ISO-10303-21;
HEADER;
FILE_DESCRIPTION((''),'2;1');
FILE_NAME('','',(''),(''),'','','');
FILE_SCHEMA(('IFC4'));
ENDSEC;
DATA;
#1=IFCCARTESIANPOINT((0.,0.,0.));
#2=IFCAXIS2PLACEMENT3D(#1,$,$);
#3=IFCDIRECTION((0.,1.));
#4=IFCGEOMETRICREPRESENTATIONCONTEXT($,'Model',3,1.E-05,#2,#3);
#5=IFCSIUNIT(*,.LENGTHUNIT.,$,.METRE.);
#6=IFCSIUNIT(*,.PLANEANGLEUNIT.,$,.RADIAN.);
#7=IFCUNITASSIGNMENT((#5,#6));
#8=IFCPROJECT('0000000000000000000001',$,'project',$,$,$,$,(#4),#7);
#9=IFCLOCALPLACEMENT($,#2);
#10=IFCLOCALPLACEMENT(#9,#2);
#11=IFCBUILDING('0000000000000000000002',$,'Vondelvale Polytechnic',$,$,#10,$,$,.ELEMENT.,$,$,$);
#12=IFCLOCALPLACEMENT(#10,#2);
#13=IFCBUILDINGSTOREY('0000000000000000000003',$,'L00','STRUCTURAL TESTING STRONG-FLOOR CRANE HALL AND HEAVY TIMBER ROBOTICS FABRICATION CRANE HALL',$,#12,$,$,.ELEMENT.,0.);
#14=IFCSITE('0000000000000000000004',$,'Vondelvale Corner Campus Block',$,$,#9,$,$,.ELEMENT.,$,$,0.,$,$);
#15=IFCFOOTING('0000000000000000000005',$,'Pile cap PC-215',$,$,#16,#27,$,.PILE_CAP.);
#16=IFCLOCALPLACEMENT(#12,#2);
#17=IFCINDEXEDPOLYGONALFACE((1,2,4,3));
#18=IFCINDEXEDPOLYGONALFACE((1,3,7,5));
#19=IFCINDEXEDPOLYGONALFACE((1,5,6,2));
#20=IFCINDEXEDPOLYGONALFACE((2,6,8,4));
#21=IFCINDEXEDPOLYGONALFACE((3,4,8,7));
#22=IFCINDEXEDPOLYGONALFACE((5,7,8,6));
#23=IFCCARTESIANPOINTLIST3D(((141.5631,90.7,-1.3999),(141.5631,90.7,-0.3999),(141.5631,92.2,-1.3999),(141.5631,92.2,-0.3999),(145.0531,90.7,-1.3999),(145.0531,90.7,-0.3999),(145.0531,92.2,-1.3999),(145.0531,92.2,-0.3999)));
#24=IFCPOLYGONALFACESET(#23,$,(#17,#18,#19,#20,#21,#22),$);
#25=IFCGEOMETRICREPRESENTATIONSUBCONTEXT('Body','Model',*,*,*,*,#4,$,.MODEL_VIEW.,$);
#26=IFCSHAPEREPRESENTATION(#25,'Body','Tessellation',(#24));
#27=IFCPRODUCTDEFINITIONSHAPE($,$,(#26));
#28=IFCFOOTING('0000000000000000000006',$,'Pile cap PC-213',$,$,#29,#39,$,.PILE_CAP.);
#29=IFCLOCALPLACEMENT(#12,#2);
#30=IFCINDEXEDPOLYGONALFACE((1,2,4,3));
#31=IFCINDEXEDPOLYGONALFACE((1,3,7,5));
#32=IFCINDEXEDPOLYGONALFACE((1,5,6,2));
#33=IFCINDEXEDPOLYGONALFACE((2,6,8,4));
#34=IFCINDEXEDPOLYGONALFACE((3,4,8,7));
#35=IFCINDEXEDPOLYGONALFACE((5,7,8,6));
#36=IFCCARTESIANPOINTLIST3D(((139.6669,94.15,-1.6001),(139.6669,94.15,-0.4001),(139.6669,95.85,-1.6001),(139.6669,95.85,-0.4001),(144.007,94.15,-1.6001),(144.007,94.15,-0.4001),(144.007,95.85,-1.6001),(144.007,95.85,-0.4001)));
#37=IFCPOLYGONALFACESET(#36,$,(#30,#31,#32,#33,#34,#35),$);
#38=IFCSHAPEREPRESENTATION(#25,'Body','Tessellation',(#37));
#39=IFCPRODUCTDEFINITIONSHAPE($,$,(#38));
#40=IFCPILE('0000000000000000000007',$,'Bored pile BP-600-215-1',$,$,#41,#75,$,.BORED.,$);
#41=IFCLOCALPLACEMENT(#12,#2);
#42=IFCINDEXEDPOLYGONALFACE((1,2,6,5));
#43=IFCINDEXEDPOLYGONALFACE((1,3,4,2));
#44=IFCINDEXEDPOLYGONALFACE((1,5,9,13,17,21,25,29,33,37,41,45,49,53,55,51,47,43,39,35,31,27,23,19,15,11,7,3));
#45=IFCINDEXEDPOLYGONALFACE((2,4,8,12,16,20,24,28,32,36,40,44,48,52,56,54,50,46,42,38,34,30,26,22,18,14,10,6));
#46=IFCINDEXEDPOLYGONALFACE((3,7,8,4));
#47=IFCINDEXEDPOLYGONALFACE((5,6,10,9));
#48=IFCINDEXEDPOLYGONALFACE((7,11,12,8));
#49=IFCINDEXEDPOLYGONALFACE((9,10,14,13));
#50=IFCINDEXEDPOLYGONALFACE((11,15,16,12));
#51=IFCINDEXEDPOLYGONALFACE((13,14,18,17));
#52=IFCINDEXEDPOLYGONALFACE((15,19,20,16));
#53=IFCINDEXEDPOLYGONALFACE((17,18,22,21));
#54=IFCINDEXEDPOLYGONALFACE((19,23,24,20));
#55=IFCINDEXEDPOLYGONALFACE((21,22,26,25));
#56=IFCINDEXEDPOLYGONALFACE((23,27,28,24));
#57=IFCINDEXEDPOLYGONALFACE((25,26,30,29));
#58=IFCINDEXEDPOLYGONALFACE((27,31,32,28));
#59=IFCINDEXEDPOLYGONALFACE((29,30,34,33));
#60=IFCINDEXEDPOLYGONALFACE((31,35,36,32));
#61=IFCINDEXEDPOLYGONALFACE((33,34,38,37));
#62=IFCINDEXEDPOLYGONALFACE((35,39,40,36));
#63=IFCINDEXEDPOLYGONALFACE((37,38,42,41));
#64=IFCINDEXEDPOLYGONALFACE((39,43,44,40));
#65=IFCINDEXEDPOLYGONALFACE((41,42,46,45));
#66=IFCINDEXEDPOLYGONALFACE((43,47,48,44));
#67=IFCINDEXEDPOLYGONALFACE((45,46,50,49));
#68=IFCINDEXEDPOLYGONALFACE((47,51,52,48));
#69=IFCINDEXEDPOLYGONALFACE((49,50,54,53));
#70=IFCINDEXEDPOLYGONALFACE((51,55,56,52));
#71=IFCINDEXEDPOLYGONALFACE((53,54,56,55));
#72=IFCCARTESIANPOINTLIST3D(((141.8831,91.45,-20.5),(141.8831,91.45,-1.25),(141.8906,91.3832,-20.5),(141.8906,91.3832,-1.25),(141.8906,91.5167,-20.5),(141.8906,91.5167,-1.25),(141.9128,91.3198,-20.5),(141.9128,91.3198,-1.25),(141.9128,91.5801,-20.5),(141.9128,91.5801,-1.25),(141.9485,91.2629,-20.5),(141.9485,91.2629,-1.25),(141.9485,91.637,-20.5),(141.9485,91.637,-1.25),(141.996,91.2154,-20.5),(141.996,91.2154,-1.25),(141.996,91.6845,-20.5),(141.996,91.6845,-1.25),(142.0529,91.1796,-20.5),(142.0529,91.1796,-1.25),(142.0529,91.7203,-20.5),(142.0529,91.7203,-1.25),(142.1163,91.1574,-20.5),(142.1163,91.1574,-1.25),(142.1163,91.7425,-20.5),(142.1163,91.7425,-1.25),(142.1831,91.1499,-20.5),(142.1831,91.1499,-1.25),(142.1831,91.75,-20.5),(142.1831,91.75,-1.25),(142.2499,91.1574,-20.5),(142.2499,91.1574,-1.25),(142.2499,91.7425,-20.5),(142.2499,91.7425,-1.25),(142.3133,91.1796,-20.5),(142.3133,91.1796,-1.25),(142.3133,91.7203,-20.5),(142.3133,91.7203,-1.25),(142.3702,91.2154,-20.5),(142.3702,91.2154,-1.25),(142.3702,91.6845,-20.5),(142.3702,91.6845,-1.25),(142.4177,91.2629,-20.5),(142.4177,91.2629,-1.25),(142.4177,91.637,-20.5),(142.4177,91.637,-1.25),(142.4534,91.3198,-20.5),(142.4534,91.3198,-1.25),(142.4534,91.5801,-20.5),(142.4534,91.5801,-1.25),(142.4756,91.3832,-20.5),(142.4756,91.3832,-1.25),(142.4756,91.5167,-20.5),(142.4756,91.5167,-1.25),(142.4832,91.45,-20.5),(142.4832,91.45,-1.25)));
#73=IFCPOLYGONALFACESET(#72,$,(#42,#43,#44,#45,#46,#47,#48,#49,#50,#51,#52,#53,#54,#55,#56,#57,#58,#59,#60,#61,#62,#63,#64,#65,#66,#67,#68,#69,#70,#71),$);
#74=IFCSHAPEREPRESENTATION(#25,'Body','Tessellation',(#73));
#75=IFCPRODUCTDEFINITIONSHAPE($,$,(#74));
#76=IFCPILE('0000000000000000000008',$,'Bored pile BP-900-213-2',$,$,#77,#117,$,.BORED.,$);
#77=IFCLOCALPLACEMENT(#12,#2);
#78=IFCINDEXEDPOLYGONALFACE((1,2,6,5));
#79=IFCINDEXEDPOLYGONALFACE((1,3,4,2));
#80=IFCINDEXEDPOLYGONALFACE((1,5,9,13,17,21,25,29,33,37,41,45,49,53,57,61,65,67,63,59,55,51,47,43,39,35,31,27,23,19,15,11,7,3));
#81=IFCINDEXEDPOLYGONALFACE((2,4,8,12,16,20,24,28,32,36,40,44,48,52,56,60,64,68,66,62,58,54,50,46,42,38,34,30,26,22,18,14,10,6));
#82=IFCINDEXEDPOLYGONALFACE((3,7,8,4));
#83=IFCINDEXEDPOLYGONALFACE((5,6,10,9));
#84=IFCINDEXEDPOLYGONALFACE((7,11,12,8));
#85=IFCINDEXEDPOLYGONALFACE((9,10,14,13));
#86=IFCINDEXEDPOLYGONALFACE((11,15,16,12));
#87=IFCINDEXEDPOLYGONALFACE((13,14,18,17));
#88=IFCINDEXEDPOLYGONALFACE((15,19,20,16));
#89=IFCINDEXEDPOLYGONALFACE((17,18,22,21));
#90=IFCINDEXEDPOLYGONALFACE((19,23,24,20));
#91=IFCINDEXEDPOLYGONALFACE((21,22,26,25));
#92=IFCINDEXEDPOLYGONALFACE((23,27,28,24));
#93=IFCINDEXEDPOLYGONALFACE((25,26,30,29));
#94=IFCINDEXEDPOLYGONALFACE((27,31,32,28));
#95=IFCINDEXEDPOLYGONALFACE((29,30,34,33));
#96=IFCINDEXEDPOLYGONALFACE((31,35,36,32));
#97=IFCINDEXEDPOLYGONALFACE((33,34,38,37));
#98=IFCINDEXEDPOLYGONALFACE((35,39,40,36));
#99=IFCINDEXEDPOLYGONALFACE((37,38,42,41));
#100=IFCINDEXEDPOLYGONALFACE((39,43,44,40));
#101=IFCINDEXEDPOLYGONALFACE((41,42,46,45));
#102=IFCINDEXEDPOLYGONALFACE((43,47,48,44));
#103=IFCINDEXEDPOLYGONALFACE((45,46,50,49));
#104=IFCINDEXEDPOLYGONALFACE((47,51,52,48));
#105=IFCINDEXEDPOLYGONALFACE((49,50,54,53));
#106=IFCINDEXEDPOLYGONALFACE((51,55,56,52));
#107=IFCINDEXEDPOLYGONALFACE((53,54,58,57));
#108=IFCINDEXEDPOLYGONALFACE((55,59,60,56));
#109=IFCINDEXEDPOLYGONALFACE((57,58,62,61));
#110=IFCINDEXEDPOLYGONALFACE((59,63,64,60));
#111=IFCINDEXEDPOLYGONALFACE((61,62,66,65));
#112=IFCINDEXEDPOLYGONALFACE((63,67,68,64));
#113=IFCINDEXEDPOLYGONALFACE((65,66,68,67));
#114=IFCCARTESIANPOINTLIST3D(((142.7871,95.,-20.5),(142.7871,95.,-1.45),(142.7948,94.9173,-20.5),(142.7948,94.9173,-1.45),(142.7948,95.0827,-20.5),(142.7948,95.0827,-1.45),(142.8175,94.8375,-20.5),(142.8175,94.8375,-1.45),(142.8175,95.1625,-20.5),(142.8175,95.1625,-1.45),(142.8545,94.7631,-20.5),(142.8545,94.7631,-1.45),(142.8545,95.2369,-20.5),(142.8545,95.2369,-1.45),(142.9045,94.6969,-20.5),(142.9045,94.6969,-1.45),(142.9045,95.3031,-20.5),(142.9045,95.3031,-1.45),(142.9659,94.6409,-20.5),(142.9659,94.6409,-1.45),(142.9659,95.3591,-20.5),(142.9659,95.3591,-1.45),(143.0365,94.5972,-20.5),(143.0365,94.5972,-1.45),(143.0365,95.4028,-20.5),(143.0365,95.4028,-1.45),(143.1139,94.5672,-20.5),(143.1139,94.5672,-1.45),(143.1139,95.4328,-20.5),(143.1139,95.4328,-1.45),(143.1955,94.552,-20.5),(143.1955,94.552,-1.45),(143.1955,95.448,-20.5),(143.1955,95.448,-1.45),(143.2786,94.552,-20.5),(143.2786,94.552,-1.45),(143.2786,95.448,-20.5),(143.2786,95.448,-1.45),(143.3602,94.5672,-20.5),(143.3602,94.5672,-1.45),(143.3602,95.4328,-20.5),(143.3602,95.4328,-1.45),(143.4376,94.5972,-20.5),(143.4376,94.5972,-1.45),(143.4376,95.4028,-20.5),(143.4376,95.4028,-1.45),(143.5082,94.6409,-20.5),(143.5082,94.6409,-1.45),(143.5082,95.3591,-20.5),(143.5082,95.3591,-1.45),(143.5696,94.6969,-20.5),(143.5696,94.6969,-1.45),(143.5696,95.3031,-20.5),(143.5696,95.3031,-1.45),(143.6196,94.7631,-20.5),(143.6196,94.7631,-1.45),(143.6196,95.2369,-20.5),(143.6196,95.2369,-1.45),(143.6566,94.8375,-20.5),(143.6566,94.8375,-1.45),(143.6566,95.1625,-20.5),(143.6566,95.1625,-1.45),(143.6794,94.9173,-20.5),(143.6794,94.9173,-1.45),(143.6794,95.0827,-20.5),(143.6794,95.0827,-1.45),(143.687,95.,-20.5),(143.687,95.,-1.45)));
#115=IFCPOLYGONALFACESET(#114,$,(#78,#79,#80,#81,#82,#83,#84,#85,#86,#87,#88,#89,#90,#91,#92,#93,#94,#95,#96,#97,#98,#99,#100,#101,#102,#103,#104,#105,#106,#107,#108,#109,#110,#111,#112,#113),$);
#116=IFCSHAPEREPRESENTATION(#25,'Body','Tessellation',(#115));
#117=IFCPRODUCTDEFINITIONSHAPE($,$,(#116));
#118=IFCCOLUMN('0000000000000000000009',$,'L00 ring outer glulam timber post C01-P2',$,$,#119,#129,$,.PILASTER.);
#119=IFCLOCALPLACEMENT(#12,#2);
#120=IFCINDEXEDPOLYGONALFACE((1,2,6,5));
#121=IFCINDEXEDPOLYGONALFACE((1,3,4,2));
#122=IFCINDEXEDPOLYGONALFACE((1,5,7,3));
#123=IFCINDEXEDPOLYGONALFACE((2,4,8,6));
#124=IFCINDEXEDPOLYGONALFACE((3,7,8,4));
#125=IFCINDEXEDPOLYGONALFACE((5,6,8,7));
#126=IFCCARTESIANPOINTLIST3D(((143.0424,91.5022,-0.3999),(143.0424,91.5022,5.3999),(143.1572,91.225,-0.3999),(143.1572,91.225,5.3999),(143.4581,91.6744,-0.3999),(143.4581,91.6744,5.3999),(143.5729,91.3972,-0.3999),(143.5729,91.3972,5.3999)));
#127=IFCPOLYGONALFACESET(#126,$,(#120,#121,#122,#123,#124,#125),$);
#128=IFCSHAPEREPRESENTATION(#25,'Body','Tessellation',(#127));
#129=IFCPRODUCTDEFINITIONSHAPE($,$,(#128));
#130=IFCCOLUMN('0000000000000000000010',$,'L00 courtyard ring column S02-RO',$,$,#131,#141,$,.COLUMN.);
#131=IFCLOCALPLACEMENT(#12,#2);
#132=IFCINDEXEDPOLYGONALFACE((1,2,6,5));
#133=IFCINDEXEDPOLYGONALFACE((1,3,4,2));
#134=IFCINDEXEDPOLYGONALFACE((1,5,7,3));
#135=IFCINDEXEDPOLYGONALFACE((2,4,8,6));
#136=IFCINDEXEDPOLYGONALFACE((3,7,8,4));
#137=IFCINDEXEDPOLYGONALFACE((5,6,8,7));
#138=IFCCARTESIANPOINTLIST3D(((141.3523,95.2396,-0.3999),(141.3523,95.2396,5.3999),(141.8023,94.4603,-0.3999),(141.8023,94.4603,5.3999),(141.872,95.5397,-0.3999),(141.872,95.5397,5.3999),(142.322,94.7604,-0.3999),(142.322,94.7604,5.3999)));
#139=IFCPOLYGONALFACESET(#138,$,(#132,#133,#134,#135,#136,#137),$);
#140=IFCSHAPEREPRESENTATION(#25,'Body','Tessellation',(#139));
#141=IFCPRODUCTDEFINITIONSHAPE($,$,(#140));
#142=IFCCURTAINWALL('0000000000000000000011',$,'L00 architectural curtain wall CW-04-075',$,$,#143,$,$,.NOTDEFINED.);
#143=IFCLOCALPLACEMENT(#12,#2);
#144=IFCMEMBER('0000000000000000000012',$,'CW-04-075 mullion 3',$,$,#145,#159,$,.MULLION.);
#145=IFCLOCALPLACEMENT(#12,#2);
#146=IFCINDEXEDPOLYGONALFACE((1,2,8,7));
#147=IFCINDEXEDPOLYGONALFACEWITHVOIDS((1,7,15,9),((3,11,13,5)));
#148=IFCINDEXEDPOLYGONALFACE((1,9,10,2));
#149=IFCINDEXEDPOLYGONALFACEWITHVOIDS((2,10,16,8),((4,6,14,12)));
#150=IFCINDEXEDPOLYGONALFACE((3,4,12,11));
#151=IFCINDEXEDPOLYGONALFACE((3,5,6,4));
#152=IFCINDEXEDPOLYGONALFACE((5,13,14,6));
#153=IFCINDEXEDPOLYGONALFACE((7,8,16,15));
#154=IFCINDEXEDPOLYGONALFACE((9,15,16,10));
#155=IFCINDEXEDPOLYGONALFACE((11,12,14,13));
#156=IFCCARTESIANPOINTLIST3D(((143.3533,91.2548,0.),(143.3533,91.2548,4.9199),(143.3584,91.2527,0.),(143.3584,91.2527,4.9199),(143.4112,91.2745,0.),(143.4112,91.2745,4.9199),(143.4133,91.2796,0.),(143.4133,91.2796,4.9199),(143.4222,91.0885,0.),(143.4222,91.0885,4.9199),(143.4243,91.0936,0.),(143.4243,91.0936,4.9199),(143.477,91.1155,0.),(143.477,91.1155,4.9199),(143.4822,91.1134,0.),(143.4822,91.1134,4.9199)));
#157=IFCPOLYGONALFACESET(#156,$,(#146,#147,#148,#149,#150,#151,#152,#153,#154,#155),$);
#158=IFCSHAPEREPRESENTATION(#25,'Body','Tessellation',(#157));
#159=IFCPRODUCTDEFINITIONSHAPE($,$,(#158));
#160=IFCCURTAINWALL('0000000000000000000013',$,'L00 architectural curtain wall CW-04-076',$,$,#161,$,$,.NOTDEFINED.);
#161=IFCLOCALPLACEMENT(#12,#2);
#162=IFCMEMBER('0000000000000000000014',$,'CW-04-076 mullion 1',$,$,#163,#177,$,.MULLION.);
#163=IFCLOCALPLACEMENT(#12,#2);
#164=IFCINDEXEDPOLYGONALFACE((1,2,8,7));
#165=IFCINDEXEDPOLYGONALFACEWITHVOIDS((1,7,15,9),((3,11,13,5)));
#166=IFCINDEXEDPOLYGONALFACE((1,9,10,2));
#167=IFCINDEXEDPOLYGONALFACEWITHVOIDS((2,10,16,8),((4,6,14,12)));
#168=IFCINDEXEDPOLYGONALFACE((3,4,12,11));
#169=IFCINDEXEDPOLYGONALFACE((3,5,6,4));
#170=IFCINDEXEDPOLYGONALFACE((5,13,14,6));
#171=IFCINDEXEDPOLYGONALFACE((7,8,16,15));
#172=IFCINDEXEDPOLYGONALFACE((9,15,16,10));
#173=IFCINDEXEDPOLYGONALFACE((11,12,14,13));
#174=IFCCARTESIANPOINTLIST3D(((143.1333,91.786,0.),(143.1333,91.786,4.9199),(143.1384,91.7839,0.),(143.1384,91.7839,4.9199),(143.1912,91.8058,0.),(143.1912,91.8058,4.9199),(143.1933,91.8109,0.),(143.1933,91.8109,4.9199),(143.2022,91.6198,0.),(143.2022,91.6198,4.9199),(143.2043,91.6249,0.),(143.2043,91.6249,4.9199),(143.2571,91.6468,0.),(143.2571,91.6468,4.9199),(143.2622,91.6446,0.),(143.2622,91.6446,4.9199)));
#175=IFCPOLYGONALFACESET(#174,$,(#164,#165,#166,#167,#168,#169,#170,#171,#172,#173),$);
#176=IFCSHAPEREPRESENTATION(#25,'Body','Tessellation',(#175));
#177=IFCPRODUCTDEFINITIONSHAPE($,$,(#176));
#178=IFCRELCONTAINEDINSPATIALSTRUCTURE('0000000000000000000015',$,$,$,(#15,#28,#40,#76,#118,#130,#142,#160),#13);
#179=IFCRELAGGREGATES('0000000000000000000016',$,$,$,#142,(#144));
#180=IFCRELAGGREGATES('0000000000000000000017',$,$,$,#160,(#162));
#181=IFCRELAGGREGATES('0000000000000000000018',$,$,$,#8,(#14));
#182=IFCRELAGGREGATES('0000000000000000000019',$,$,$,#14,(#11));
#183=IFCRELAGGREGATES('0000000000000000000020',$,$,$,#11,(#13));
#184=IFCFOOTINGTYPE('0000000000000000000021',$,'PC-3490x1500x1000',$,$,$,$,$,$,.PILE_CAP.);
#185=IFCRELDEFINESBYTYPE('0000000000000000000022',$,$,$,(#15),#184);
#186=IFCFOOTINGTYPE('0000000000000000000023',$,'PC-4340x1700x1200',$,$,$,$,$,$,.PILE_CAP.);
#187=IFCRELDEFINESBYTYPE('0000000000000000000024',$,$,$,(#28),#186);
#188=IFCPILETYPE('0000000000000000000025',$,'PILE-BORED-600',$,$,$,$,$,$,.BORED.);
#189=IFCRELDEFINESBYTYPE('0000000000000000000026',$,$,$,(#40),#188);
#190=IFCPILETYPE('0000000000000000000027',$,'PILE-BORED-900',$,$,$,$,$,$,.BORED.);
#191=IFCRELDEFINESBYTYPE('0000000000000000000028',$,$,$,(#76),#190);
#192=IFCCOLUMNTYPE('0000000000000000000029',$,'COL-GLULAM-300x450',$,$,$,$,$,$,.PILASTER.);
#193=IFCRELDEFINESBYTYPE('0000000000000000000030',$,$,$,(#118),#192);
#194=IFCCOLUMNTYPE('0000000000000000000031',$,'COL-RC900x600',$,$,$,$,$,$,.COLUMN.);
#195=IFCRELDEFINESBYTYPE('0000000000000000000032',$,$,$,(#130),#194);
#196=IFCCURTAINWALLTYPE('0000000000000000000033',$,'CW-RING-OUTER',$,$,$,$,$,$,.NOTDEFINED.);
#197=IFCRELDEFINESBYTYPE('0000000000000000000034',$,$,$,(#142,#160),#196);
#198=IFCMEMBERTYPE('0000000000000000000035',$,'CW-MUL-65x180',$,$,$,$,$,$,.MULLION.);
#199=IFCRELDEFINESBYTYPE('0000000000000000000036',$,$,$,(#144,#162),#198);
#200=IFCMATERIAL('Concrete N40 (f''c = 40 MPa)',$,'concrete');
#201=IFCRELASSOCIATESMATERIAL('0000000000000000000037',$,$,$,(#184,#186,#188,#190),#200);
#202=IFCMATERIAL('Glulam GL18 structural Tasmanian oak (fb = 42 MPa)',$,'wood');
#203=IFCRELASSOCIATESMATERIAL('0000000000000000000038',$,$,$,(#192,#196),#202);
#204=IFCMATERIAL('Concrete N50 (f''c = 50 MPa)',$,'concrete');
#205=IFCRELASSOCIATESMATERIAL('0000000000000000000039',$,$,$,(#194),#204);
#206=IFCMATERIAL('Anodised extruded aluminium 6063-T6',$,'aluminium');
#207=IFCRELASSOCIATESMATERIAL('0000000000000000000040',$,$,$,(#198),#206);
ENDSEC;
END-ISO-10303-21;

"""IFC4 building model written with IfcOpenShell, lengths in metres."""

from ifc_helpers import new_model, si_unit, direction, frame, origin, origin_2d, place, context, subcontext, project, spatial, rectangle, hollow_rectangle, circle, extrude, material, material_profile, profile_set, type_object, element, aggregate, save


model = new_model("IFC4")

# Units and contexts
model_context = context("Model", 3, precision=1e-05, world=origin(), true_north=direction((0.0, 1.0)))
body_context = subcontext(model_context, "Body", "Model", "MODEL_VIEW")
ifc_project = project(units=[si_unit("LENGTHUNIT", "METRE"), si_unit("PLANEANGLEUNIT", "RADIAN")], contexts=[model_context])

# Site, building, storey
site_placement = place(None, origin())
site = spatial("IfcSite", under=ifc_project, at=site_placement, Name="Vondelvale Corner Campus Block", CompositionType="ELEMENT", RefElevation=0.0)
building_placement = place(site_placement, origin())
building = spatial("IfcBuilding", under=site, at=building_placement, Name="Vondelvale Polytechnic", CompositionType="ELEMENT")
storey_placement = place(building_placement, origin())
storey = spatial("IfcBuildingStorey", under=building, at=storey_placement, Name="L00", Description="STRUCTURAL TESTING STRONG-FLOOR CRANE HALL AND HEAVY TIMBER ROBOTICS FABRICATION CRANE HALL", CompositionType="ELEMENT", Elevation=0.0)

# Footings
ifc_material_1 = material(Name="Concrete N40 (f'c = 40 MPa)", Category="concrete")
footing_type_1 = type_object("IfcFootingType", Name="PC-3490x1500x1000", PredefinedType="PILE_CAP", material=ifc_material_1)
footing_1_placement = place(storey_placement, frame((143.3081, 91.45, -1.3999), z_axis=(0.0, 0.0, 1.0), x_axis=(1.0, 0.0, 0.0)))
element("IfcFooting", 1, at=footing_1_placement, inside=storey, type_object=footing_type_1, Name="Pile cap PC-215", PredefinedType="PILE_CAP", context=body_context, shape_type="SweptSolid", body=[
    extrude(rectangle(XDim=3.49, YDim=1.5, at=origin_2d()), origin(), (0.0, 0.0, 1.0), 1.0),
])
footing_type_2 = type_object("IfcFootingType", Name="PC-4340x1700x1200", PredefinedType="PILE_CAP", material=ifc_material_1)
footing_2_placement = place(storey_placement, frame((141.8369, 95.0, -1.6001), z_axis=(0.0, 0.0, 1.0), x_axis=(1.0, 0.0, 0.0)))
element("IfcFooting", 2, at=footing_2_placement, inside=storey, type_object=footing_type_2, Name="Pile cap PC-213", PredefinedType="PILE_CAP", context=body_context, shape_type="SweptSolid", body=[
    extrude(rectangle(XDim=4.3401, YDim=1.7, at=origin_2d()), origin(), (0.0, 0.0, 1.0), 1.2),
])

# Piles
ifc_material_profile_1 = material_profile(ifc_material_1, circle(Radius=0.3, at=origin_2d()), Name="PILE-D600")
ifc_profile_set_1 = profile_set([ifc_material_profile_1], Name="Concrete N40 (f'c = 40 MPa)")
pile_type_1 = type_object("IfcPileType", Name="PILE-BORED-600", PredefinedType="BORED", material=ifc_profile_set_1)
pile_1_placement = place(storey_placement, frame((142.1831, 91.45, -1.25), z_axis=(0.0, 0.0, -1.0), x_axis=(1.0, 0.0, 0.0)))
element("IfcPile", 3, at=pile_1_placement, inside=storey, type_object=pile_type_1, Name="Bored pile BP-600-215-1", PredefinedType="BORED", context=body_context, shape_type="SweptSolid", body=[
    extrude(circle(Radius=0.3, at=origin_2d()), origin(), (0.0, 0.0, 1.0), 19.25),
])
ifc_material_profile_2 = material_profile(ifc_material_1, circle(Radius=0.45, at=origin_2d()), Name="PILE-D900")
ifc_profile_set_2 = profile_set([ifc_material_profile_2], Name="Concrete N40 (f'c = 40 MPa)")
pile_type_2 = type_object("IfcPileType", Name="PILE-BORED-900", PredefinedType="BORED", material=ifc_profile_set_2)
pile_2_placement = place(storey_placement, frame((143.2371, 95.0, -1.45), z_axis=(0.0, 0.0, -1.0), x_axis=(1.0, 0.0, 0.0)))
element("IfcPile", 4, at=pile_2_placement, inside=storey, type_object=pile_type_2, Name="Bored pile BP-900-213-2", PredefinedType="BORED", context=body_context, shape_type="SweptSolid", body=[
    extrude(circle(Radius=0.45, at=origin_2d()), origin(), (0.0, 0.0, 1.0), 19.05),
])

# Columns
ifc_material_2 = material(Name="Glulam GL18 structural Tasmanian oak (fb = 42 MPa)", Category="wood")
ifc_material_profile_3 = material_profile(ifc_material_2, rectangle(XDim=0.3, YDim=0.45, at=origin_2d()), Name="GL-POST-300x450")
ifc_profile_set_3 = profile_set([ifc_material_profile_3], Name="Glulam GL18 structural Tasmanian oak (fb = 42 MPa)")
column_type_1 = type_object("IfcColumnType", Name="COL-GLULAM-300x450", PredefinedType="PILASTER", material=ifc_profile_set_3)
column_1_placement = place(storey_placement, frame((143.3076, 91.4497, -0.3999), z_axis=(0.0, 0.0, 1.0), x_axis=(-0.382683, 0.92388, 0.0)))
element("IfcColumn", 5, at=column_1_placement, inside=storey, type_object=column_type_1, Name="L00 ring outer glulam timber post C01-P2", PredefinedType="PILASTER", context=body_context, shape_type="SweptSolid", body=[
    extrude(rectangle(XDim=0.3, YDim=0.45, at=origin_2d()), origin(), (0.0, 0.0, 1.0), 5.7998),
])
ifc_material_3 = material(Name="Concrete N50 (f'c = 50 MPa)", Category="concrete")
ifc_material_profile_4 = material_profile(ifc_material_3, rectangle(XDim=0.6001, YDim=0.8999, at=origin_2d()), Name="RC-COL-900x600")
ifc_profile_set_4 = profile_set([ifc_material_profile_4], Name="Concrete N50 (f'c = 50 MPa)")
column_type_2 = type_object("IfcColumnType", Name="COL-RC900x600", PredefinedType="COLUMN", material=ifc_profile_set_4)
column_2_placement = place(storey_placement, frame((141.8372, 95.0, -0.3999), z_axis=(0.0, 0.0, 1.0), x_axis=(0.866025, 0.5, 0.0)))
element("IfcColumn", 6, at=column_2_placement, inside=storey, type_object=column_type_2, Name="L00 courtyard ring column S02-RO", PredefinedType="COLUMN", context=body_context, shape_type="SweptSolid", body=[
    extrude(rectangle(XDim=0.6001, YDim=0.8999, at=origin_2d()), origin(), (0.0, 0.0, 1.0), 5.7998),
])

# Curtain wall, member
curtain_wall_type = type_object("IfcCurtainWallType", Name="CW-RING-OUTER", PredefinedType="NOTDEFINED", material=ifc_material_2)
curtain_wall_1_placement = place(storey_placement, origin())
curtain_wall_1 = element("IfcCurtainWall", 7, at=curtain_wall_1_placement, inside=storey, type_object=curtain_wall_type, Name="L00 architectural curtain wall CW-04-075", PredefinedType="NOTDEFINED")
ifc_material_4 = material(Name="Anodised extruded aluminium 6063-T6", Category="aluminium")
ifc_material_profile_5 = material_profile(ifc_material_4, hollow_rectangle(XDim=0.0649, YDim=0.1799, WallThickness=0.0039, at=origin_2d()), Name="CW-MUL-180x65")
ifc_profile_set_5 = profile_set([ifc_material_profile_5], Name="Anodised extruded aluminium 6063-T6")
member_type_1 = type_object("IfcMemberType", Name="CW-MUL-65x180", PredefinedType="MULLION", material=ifc_profile_set_5)
member_1_placement = place(storey_placement, frame((143.4177, 91.1841, 0.0), z_axis=(0.0, 0.0, 1.0), x_axis=(-0.923875, -0.382695, 0.0)))
member_1 = element("IfcMember", 8, at=member_1_placement, type_object=member_type_1, Name="CW-04-075 mullion 3", PredefinedType="MULLION", context=body_context, shape_type="SweptSolid", body=[
    extrude(hollow_rectangle(XDim=0.0649, YDim=0.1799, WallThickness=0.0039, at=origin_2d()), origin(), (0.0, 0.0, 1.0), 4.9199),
])

# Curtain wall, member
curtain_wall_2_placement = place(storey_placement, origin())
curtain_wall_2 = element("IfcCurtainWall", 9, at=curtain_wall_2_placement, inside=storey, type_object=curtain_wall_type, Name="L00 architectural curtain wall CW-04-076", PredefinedType="NOTDEFINED")
member_2_placement = place(storey_placement, frame((143.1978, 91.7153, 0.0), z_axis=(0.0, 0.0, 1.0), x_axis=(-0.923881, -0.382679, 0.0)))
member_2 = element("IfcMember", 10, at=member_2_placement, type_object=member_type_1, Name="CW-04-076 mullion 1", PredefinedType="MULLION", context=body_context, shape_type="SweptSolid", body=[
    extrude(hollow_rectangle(XDim=0.0649, YDim=0.1799, WallThickness=0.0039, at=origin_2d()), origin(), (0.0, 0.0, 1.0), 4.9199),
])

aggregate(curtain_wall_1, [member_1])
aggregate(curtain_wall_2, [member_2])

save(model, "model.ifc")
